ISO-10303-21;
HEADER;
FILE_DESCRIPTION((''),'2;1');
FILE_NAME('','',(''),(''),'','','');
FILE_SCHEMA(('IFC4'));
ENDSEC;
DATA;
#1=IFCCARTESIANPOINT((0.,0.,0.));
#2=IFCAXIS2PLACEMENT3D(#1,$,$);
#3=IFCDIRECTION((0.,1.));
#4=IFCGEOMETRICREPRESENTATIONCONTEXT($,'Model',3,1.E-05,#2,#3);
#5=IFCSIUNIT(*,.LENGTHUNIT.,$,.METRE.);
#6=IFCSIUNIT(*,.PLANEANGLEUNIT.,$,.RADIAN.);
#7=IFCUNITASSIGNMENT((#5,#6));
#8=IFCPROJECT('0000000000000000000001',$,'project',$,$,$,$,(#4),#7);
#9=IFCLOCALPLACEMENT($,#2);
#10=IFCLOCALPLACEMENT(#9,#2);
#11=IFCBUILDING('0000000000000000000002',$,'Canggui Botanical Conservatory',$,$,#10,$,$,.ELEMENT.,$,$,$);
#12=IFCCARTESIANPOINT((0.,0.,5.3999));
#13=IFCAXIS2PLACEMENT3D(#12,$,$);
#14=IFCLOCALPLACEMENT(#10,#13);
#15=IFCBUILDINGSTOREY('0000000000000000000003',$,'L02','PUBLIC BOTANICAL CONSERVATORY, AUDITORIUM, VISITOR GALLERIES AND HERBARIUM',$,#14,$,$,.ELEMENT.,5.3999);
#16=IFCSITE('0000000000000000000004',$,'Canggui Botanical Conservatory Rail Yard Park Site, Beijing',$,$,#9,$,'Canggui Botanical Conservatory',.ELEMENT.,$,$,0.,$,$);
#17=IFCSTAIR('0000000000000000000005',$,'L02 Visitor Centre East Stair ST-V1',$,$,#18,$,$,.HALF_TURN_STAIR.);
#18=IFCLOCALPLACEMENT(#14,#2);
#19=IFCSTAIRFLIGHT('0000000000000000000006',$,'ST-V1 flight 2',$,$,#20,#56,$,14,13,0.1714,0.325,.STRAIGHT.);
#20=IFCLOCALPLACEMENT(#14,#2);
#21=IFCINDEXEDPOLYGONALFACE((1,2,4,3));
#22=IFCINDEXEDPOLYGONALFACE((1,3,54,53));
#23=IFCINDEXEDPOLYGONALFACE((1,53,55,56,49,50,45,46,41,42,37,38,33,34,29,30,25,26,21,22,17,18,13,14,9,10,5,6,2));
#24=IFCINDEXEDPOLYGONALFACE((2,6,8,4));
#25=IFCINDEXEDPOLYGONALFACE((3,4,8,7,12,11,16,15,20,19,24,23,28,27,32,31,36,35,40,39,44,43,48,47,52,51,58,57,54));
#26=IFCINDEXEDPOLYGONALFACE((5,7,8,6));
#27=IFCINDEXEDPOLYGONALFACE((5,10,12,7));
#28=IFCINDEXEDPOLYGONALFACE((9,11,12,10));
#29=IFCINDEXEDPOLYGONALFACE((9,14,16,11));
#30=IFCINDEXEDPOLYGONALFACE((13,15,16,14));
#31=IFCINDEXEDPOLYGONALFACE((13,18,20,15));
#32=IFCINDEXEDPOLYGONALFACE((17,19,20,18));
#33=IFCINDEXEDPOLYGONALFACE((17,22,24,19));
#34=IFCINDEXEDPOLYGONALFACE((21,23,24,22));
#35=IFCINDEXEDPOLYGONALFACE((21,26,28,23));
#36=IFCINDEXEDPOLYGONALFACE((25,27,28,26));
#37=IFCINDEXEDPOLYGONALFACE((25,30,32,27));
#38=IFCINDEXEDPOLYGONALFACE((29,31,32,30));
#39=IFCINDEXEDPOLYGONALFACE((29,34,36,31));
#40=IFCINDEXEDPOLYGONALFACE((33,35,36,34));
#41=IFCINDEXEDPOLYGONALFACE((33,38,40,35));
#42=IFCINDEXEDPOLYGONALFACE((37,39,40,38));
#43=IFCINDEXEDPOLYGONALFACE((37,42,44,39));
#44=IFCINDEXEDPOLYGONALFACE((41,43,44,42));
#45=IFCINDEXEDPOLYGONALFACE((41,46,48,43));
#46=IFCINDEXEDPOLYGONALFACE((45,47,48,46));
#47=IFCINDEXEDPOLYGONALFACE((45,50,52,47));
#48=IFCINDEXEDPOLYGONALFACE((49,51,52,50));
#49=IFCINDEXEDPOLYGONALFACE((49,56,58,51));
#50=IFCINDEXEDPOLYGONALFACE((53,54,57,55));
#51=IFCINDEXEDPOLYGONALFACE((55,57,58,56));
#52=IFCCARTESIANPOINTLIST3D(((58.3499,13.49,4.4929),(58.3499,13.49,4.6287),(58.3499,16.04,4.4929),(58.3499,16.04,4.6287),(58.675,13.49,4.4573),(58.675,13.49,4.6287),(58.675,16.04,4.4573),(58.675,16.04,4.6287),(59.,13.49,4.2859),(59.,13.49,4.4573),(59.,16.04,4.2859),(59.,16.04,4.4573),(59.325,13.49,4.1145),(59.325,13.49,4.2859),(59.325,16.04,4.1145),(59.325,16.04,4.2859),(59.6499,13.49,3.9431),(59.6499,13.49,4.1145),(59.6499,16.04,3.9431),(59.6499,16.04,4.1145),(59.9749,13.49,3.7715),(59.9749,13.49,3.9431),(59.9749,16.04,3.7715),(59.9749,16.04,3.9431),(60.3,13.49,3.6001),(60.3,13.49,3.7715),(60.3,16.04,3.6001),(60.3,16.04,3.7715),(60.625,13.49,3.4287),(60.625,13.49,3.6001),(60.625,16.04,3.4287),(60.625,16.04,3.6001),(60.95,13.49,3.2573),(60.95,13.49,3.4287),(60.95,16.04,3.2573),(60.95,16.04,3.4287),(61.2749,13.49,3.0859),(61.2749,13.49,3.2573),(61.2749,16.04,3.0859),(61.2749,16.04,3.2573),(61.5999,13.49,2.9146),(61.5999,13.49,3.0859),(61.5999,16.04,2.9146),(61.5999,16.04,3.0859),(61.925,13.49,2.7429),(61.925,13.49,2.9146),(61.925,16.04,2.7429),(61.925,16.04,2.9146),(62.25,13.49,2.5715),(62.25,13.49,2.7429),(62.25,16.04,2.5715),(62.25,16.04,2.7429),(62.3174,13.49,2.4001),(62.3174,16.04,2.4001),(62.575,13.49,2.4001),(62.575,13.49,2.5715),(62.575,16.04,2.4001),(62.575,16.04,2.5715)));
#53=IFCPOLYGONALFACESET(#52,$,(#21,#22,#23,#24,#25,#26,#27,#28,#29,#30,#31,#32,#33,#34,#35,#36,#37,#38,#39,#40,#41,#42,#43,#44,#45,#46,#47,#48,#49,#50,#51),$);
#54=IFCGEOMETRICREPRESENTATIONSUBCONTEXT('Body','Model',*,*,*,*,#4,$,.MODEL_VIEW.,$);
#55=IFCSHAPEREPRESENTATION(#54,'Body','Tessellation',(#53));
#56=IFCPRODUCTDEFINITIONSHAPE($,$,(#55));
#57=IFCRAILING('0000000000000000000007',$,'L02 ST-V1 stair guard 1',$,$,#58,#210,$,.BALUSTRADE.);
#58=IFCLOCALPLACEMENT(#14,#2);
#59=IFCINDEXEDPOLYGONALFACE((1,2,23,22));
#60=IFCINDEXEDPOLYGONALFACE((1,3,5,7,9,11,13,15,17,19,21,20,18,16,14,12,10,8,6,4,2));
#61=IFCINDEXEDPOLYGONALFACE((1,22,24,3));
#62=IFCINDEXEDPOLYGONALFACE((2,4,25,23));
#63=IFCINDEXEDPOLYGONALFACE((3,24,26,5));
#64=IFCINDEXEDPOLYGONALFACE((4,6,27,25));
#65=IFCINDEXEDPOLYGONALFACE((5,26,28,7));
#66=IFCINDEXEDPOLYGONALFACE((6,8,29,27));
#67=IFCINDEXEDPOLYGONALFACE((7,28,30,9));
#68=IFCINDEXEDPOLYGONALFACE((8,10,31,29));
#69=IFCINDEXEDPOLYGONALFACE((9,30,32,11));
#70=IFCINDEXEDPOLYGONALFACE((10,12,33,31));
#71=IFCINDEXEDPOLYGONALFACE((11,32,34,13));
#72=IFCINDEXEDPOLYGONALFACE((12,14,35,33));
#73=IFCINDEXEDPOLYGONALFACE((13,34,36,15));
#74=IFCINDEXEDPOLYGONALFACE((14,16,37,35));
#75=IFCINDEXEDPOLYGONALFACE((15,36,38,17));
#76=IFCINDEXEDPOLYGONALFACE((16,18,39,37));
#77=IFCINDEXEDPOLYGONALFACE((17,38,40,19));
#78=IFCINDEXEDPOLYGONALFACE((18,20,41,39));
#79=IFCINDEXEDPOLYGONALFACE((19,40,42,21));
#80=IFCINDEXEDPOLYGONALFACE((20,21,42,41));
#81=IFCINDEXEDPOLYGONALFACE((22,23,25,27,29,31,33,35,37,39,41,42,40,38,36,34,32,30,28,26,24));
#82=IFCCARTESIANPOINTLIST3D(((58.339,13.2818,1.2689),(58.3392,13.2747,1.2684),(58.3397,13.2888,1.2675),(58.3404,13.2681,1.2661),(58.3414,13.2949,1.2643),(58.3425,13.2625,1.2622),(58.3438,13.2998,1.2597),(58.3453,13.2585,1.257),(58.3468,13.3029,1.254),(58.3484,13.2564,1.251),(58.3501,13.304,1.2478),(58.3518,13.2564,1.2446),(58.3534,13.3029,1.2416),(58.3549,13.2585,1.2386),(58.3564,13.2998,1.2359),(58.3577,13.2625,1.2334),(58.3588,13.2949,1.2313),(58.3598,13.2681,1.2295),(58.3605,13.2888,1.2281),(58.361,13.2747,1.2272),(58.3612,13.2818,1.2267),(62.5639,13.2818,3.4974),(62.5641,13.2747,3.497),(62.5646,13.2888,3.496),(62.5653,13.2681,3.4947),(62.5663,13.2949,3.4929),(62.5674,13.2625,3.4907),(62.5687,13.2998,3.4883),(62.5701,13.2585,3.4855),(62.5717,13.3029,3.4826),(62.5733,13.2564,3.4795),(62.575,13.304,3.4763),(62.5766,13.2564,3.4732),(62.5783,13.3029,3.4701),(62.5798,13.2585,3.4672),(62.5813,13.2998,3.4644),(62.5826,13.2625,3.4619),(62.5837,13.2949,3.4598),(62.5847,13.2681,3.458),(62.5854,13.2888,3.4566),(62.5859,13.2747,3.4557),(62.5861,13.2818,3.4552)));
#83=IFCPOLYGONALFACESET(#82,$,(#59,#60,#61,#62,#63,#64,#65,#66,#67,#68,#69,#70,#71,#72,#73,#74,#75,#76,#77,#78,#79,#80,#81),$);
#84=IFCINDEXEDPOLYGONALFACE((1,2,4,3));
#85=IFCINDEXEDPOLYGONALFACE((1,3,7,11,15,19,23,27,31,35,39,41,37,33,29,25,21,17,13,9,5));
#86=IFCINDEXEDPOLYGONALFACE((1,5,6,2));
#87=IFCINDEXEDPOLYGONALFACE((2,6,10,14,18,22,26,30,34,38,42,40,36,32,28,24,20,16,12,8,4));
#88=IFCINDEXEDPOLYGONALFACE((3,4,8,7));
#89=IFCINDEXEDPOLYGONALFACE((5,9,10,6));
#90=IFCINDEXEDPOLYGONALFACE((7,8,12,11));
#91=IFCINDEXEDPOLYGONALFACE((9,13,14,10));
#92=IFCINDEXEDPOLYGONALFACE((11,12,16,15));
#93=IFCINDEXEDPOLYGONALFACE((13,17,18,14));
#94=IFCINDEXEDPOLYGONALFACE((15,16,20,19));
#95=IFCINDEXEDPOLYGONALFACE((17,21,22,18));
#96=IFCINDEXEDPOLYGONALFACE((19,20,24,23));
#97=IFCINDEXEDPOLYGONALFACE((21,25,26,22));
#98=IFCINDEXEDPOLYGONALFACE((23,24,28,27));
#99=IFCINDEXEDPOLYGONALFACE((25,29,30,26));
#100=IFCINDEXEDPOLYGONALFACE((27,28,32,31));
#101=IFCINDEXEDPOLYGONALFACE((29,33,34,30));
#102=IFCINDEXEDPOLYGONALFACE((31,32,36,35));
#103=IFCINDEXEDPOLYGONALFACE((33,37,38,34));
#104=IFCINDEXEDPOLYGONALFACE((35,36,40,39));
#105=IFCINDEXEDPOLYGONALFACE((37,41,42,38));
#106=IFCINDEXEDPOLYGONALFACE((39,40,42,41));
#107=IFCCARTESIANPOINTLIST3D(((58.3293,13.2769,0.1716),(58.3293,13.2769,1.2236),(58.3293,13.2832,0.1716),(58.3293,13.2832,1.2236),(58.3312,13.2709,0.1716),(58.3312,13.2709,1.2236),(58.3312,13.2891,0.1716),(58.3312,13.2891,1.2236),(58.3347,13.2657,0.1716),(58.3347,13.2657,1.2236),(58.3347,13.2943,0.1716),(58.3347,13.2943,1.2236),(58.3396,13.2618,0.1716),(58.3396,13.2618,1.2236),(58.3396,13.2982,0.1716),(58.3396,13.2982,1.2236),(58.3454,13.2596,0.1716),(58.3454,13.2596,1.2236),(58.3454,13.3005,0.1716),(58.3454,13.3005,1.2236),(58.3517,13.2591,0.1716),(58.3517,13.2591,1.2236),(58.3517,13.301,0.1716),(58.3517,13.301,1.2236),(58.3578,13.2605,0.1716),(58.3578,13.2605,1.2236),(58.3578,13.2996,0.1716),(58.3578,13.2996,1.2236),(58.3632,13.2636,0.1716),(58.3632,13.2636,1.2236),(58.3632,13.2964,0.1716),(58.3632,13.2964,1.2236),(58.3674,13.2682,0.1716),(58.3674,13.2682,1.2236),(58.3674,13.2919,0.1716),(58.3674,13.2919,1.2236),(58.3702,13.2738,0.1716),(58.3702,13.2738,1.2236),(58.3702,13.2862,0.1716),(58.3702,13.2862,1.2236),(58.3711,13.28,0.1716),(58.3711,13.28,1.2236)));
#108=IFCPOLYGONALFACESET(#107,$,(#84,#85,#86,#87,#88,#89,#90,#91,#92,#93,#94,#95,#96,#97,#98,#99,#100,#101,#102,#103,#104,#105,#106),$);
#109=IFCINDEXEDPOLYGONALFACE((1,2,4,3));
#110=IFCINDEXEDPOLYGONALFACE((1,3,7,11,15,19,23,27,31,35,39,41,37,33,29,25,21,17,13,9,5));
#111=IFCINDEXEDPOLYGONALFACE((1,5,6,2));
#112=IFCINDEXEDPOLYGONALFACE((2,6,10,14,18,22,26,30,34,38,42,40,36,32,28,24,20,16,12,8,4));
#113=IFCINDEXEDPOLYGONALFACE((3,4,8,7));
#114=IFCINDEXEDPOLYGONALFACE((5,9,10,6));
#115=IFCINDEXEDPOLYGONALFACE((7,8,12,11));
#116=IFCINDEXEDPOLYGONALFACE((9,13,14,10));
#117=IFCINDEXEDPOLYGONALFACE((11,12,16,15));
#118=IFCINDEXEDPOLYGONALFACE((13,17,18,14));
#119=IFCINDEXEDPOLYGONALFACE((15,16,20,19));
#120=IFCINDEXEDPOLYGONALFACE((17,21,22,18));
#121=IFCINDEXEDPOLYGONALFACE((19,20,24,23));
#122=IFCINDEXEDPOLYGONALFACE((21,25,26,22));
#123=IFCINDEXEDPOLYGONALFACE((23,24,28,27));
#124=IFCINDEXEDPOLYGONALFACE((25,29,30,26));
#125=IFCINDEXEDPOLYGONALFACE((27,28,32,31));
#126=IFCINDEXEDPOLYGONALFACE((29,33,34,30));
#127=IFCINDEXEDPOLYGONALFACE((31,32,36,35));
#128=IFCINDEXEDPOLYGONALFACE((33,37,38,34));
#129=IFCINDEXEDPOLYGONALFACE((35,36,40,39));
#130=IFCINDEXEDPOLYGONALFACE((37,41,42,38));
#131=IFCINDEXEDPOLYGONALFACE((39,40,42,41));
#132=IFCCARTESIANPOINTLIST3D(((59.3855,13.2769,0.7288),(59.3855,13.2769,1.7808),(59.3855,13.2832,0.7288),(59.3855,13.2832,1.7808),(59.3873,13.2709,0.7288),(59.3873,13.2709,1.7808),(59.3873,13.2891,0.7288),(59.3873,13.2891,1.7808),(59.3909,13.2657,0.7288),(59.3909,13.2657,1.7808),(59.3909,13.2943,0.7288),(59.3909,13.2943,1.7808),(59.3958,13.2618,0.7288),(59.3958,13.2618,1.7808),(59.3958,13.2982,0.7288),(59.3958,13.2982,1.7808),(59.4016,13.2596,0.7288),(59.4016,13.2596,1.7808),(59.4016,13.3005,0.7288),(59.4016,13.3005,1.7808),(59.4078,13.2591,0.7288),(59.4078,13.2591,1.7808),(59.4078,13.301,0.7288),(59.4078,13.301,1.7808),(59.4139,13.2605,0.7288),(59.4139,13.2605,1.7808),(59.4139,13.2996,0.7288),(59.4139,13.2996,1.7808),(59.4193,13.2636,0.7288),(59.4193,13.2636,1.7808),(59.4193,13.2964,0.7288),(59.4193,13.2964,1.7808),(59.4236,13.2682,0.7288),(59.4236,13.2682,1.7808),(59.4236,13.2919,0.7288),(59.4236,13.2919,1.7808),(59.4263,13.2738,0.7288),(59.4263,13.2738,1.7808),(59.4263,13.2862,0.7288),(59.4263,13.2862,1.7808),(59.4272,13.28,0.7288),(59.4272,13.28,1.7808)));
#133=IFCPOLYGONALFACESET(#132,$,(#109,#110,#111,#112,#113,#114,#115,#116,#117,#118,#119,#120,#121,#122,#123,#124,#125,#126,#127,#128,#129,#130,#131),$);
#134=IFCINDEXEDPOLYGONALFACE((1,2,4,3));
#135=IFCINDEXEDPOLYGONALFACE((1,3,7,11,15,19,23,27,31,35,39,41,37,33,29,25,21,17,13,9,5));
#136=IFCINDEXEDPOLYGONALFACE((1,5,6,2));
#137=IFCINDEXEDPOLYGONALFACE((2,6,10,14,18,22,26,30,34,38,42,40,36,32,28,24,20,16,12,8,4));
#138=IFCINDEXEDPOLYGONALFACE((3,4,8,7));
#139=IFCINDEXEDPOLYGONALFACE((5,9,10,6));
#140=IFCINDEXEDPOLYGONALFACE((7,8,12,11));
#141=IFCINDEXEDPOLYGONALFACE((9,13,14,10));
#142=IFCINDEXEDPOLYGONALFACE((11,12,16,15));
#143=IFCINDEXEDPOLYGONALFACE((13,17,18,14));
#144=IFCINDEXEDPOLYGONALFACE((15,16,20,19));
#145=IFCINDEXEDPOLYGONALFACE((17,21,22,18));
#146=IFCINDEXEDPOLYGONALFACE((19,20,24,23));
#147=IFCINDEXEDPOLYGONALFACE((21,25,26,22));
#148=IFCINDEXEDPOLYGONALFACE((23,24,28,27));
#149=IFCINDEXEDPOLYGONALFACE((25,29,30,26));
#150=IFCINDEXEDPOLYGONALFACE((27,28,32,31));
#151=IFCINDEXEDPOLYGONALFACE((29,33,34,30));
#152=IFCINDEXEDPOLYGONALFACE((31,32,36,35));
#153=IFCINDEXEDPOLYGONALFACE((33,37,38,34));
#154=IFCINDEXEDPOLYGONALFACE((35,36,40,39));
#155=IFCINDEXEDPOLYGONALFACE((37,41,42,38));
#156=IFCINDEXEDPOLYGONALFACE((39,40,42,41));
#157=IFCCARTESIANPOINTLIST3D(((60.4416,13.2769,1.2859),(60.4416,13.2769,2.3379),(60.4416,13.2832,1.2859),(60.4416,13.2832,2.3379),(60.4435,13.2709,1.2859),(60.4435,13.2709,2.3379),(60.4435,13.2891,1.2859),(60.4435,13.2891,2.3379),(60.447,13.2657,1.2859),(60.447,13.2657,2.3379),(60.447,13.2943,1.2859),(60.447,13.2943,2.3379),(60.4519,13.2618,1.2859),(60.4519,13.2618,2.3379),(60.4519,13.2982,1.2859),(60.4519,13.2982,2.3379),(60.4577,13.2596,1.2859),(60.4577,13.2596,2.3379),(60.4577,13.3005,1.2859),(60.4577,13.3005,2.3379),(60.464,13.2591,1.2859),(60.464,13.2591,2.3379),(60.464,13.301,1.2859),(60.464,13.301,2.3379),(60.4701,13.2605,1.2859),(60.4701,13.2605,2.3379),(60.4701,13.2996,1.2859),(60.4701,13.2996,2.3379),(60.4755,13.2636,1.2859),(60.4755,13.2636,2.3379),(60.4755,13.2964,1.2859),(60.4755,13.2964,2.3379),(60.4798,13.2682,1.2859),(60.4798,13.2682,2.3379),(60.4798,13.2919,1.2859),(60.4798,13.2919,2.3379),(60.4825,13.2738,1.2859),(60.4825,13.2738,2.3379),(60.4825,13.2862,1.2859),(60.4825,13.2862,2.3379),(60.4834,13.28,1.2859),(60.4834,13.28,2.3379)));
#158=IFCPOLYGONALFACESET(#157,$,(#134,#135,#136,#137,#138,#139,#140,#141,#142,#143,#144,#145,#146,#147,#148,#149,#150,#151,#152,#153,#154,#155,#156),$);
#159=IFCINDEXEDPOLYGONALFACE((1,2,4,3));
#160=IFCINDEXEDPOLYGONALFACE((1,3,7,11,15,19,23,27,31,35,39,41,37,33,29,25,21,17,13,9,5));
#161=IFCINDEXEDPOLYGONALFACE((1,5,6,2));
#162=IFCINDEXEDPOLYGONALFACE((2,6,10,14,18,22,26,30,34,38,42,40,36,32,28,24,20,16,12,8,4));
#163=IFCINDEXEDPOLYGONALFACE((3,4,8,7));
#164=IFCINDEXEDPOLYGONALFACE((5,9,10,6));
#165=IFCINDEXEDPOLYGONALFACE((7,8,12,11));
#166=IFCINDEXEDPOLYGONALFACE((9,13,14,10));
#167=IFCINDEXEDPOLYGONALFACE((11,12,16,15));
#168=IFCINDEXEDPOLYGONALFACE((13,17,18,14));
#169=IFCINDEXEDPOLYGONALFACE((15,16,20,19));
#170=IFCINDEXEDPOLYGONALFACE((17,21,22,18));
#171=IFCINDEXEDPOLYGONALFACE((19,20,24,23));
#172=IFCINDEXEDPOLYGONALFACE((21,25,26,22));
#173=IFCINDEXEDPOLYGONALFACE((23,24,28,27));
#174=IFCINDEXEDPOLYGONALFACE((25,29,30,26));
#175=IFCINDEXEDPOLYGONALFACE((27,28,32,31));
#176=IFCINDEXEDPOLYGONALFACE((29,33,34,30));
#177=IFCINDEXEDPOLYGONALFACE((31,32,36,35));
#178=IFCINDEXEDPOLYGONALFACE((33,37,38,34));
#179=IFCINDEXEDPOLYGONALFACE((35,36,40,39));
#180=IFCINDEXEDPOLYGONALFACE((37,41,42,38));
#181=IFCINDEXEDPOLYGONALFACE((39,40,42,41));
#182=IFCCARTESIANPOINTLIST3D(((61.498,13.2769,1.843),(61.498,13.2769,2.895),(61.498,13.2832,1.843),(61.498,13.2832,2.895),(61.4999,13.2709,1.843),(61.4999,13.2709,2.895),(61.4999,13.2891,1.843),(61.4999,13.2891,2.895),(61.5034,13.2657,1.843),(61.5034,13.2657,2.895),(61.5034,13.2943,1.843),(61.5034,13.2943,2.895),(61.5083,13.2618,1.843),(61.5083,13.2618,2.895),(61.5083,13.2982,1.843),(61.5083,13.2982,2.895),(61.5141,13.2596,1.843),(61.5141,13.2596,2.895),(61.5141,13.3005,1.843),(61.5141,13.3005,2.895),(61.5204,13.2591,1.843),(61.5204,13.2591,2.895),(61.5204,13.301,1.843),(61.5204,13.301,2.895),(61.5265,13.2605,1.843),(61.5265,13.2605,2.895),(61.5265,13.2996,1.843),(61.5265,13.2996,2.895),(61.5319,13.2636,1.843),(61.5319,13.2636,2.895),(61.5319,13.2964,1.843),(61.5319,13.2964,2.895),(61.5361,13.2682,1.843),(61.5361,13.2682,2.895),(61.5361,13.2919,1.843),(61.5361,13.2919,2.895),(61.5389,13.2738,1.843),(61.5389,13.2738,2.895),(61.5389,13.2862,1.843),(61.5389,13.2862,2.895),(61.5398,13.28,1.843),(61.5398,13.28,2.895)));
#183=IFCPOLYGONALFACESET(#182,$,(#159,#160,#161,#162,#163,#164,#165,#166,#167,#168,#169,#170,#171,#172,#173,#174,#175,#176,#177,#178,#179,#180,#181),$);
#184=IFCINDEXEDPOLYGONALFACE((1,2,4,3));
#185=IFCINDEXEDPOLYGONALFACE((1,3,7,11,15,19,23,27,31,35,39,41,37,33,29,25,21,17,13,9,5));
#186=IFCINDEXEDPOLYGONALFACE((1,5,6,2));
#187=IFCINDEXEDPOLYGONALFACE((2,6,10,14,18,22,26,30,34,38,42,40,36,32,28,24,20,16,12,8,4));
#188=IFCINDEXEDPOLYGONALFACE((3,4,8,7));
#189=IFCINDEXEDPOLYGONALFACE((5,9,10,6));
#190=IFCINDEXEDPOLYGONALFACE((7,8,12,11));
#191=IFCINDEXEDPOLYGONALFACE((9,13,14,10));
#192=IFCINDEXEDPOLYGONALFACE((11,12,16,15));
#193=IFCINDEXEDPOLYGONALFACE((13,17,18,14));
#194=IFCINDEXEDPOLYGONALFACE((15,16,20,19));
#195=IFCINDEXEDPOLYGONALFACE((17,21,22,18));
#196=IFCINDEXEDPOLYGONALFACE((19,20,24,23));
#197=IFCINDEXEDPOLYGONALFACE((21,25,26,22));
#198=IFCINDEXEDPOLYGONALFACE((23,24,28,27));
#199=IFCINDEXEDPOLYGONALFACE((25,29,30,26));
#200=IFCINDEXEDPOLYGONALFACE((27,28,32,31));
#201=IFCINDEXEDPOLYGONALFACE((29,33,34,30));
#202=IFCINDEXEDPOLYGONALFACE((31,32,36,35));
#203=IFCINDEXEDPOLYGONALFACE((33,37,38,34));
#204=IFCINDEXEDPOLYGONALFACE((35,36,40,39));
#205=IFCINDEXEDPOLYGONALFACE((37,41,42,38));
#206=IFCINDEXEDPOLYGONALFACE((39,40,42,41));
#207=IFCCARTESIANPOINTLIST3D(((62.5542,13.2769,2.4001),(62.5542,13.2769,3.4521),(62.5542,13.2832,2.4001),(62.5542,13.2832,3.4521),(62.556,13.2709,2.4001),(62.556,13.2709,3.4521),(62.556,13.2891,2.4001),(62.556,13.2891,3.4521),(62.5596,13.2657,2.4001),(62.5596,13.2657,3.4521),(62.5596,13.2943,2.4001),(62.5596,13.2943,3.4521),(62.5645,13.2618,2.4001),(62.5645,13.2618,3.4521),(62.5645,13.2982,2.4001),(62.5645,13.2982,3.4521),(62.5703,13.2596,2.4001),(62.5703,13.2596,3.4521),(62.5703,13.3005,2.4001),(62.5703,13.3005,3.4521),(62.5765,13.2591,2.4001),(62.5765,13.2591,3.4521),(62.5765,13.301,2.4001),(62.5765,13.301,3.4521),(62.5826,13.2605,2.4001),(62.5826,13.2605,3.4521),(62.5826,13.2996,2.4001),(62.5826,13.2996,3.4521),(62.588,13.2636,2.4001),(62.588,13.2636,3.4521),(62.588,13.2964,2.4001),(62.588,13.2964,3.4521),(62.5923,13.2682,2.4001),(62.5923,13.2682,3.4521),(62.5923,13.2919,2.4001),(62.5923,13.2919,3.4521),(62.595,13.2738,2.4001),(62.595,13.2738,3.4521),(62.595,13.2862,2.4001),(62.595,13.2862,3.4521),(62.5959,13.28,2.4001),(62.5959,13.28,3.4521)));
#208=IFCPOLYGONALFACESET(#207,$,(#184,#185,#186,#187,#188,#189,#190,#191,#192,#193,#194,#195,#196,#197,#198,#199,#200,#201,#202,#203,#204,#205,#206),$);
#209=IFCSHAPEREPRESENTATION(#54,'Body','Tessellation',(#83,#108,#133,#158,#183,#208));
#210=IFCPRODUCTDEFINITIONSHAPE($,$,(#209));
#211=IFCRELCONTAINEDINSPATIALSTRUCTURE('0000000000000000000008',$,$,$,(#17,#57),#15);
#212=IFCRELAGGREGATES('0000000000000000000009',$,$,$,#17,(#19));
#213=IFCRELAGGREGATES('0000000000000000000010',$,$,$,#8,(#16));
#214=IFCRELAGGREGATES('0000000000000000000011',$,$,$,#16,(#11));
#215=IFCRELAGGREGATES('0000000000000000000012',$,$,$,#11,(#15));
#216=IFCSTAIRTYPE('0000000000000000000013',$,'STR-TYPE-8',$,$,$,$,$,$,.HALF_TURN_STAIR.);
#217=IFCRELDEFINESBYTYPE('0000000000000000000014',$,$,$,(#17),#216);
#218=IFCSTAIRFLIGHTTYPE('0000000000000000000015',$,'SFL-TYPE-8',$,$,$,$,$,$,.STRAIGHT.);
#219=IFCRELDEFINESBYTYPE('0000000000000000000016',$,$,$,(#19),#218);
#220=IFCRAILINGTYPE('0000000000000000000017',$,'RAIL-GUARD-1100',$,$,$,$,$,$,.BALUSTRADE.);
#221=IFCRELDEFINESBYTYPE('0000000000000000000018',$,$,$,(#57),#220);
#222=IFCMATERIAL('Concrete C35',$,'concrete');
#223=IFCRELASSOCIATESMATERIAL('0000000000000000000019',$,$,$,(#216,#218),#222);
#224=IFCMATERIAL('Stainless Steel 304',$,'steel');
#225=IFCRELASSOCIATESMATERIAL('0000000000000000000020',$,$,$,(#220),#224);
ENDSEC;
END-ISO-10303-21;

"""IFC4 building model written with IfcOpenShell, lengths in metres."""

from ifc_helpers import new_model, si_unit, direction, frame, origin, origin_2d, place, context, subcontext, project, spatial, polyline, circle, outline, extrude, material, type_object, element, aggregate, save


model = new_model("IFC4")

# Units and contexts
model_context = context("Model", 3, precision=1e-05, world=origin(), true_north=direction((0.0, 1.0)))
body_context = subcontext(model_context, "Body", "Model", "MODEL_VIEW")
ifc_project = project(units=[si_unit("LENGTHUNIT", "METRE"), si_unit("PLANEANGLEUNIT", "RADIAN")], contexts=[model_context])

# Site, building, storey
site_placement = place(None, origin())
site = spatial("IfcSite", under=ifc_project, at=site_placement, Name="Canggui Botanical Conservatory Rail Yard Park Site, Beijing", LongName="Canggui Botanical Conservatory", CompositionType="ELEMENT", RefElevation=0.0)
building_placement = place(site_placement, origin())
building = spatial("IfcBuilding", under=site, at=building_placement, Name="Canggui Botanical Conservatory", CompositionType="ELEMENT")
storey_placement = place(building_placement, frame((0.0, 0.0, 5.3999)))
storey = spatial("IfcBuildingStorey", under=building, at=storey_placement, Name="L02", Description="PUBLIC BOTANICAL CONSERVATORY, AUDITORIUM, VISITOR GALLERIES AND HERBARIUM", CompositionType="ELEMENT", Elevation=5.3999)

# Shared definitions
ifc_material_1 = material(Name="Concrete C35", Category="concrete")

# Stair, stair flight
stair_type = type_object("IfcStairType", Name="STR-TYPE-8", PredefinedType="HALF_TURN_STAIR", material=ifc_material_1)
stair_placement = place(storey_placement, origin())
stair = element("IfcStair", 1, at=stair_placement, inside=storey, type_object=stair_type, Name="L02 Visitor Centre East Stair ST-V1", PredefinedType="HALF_TURN_STAIR")
stair_flight_type = type_object("IfcStairFlightType", Name="SFL-TYPE-8", PredefinedType="STRAIGHT", material=ifc_material_1)
stair_flight_1_placement = place(storey_placement, frame((62.575, 14.7649, 2.4001), z_axis=(0.0, 0.0, 1.0), x_axis=(-1.0, 0.0, 0.0)))
stair_flight_1 = element("IfcStairFlight", 2, at=stair_flight_1_placement, type_object=stair_flight_type, Name="ST-V1 flight 2", NumberOfRisers=14, NumberOfTreads=13, PredefinedType="STRAIGHT", RiserHeight=0.1714, TreadLength=0.325, context=body_context, shape_type="SweptSolid", body=[
    extrude(outline(polyline([(0.0, 0.0), (0.0, 0.1714), (0.325, 0.1714), (0.325, 0.3428), (0.6499, 0.3428), (0.6499, 0.5144), (0.9751, 0.5144), (0.9751, 0.6858), (1.3, 0.6858), (1.3, 0.8572), (1.625, 0.8572), (1.625, 1.0286), (1.95, 1.0286), (1.95, 1.2), (2.2749, 1.2), (2.2749, 1.3713), (2.6001, 1.3713), (2.6001, 1.543), (2.925, 1.543), (2.925, 1.7144), (3.25, 1.7144), (3.25, 1.8857), (3.575, 1.8857), (3.575, 2.0571), (3.8999, 2.0571), (3.8999, 2.2285), (4.2251, 2.2285), (4.2251, 2.3999), (4.2251, 2.0928), (0.2576, 0.0), (0.0, 0.0)])), frame((0.0, 1.2749, 0.0), z_axis=(0.0, -1.0, 0.0), x_axis=(1.0, 0.0, 0.0)), (0.0, 0.0, 1.0), 2.55),
])
aggregate(stair, [stair_flight_1])

# Railing
ifc_material_2 = material(Name="Stainless Steel 304", Category="steel")
railing_type_1 = type_object("IfcRailingType", Name="RAIL-GUARD-1100", PredefinedType="BALUSTRADE", material=ifc_material_2)
railing_1_placement = place(storey_placement, frame((58.3501, 13.28, 0.1716)))
element("IfcRailing", 3, at=railing_1_placement, inside=storey, type_object=railing_type_1, Name="L02 ST-V1 stair guard 1", PredefinedType="BALUSTRADE", context=body_context, shape_type="SweptSolid", body=[
    extrude(circle(Radius=0.0239, at=origin_2d()), frame((0.0, 0.0, 1.0762), z_axis=(0.884494, 0.0, 0.466551), x_axis=(0.0, 1.0, 0.0)), (0.0, 0.0, 1.0), 4.7766),
    extrude(circle(Radius=0.021, at=origin_2d()), origin(), (0.0, 0.0, 1.0), 1.052),
    extrude(circle(Radius=0.021, at=origin_2d()), frame((1.0562, 0.0, 0.5571)), (0.0, 0.0, 1.0), 1.052),
    extrude(circle(Radius=0.021, at=origin_2d()), frame((2.1123, 0.0, 1.1143)), (0.0, 0.0, 1.0), 1.052),
    extrude(circle(Radius=0.021, at=origin_2d()), frame((3.1687, 0.0, 1.6714)), (0.0, 0.0, 1.0), 1.052),
    extrude(circle(Radius=0.021, at=origin_2d()), frame((4.2249, 0.0, 2.2285)), (0.0, 0.0, 1.0), 1.052),
])

save(model, "model.ifc")
